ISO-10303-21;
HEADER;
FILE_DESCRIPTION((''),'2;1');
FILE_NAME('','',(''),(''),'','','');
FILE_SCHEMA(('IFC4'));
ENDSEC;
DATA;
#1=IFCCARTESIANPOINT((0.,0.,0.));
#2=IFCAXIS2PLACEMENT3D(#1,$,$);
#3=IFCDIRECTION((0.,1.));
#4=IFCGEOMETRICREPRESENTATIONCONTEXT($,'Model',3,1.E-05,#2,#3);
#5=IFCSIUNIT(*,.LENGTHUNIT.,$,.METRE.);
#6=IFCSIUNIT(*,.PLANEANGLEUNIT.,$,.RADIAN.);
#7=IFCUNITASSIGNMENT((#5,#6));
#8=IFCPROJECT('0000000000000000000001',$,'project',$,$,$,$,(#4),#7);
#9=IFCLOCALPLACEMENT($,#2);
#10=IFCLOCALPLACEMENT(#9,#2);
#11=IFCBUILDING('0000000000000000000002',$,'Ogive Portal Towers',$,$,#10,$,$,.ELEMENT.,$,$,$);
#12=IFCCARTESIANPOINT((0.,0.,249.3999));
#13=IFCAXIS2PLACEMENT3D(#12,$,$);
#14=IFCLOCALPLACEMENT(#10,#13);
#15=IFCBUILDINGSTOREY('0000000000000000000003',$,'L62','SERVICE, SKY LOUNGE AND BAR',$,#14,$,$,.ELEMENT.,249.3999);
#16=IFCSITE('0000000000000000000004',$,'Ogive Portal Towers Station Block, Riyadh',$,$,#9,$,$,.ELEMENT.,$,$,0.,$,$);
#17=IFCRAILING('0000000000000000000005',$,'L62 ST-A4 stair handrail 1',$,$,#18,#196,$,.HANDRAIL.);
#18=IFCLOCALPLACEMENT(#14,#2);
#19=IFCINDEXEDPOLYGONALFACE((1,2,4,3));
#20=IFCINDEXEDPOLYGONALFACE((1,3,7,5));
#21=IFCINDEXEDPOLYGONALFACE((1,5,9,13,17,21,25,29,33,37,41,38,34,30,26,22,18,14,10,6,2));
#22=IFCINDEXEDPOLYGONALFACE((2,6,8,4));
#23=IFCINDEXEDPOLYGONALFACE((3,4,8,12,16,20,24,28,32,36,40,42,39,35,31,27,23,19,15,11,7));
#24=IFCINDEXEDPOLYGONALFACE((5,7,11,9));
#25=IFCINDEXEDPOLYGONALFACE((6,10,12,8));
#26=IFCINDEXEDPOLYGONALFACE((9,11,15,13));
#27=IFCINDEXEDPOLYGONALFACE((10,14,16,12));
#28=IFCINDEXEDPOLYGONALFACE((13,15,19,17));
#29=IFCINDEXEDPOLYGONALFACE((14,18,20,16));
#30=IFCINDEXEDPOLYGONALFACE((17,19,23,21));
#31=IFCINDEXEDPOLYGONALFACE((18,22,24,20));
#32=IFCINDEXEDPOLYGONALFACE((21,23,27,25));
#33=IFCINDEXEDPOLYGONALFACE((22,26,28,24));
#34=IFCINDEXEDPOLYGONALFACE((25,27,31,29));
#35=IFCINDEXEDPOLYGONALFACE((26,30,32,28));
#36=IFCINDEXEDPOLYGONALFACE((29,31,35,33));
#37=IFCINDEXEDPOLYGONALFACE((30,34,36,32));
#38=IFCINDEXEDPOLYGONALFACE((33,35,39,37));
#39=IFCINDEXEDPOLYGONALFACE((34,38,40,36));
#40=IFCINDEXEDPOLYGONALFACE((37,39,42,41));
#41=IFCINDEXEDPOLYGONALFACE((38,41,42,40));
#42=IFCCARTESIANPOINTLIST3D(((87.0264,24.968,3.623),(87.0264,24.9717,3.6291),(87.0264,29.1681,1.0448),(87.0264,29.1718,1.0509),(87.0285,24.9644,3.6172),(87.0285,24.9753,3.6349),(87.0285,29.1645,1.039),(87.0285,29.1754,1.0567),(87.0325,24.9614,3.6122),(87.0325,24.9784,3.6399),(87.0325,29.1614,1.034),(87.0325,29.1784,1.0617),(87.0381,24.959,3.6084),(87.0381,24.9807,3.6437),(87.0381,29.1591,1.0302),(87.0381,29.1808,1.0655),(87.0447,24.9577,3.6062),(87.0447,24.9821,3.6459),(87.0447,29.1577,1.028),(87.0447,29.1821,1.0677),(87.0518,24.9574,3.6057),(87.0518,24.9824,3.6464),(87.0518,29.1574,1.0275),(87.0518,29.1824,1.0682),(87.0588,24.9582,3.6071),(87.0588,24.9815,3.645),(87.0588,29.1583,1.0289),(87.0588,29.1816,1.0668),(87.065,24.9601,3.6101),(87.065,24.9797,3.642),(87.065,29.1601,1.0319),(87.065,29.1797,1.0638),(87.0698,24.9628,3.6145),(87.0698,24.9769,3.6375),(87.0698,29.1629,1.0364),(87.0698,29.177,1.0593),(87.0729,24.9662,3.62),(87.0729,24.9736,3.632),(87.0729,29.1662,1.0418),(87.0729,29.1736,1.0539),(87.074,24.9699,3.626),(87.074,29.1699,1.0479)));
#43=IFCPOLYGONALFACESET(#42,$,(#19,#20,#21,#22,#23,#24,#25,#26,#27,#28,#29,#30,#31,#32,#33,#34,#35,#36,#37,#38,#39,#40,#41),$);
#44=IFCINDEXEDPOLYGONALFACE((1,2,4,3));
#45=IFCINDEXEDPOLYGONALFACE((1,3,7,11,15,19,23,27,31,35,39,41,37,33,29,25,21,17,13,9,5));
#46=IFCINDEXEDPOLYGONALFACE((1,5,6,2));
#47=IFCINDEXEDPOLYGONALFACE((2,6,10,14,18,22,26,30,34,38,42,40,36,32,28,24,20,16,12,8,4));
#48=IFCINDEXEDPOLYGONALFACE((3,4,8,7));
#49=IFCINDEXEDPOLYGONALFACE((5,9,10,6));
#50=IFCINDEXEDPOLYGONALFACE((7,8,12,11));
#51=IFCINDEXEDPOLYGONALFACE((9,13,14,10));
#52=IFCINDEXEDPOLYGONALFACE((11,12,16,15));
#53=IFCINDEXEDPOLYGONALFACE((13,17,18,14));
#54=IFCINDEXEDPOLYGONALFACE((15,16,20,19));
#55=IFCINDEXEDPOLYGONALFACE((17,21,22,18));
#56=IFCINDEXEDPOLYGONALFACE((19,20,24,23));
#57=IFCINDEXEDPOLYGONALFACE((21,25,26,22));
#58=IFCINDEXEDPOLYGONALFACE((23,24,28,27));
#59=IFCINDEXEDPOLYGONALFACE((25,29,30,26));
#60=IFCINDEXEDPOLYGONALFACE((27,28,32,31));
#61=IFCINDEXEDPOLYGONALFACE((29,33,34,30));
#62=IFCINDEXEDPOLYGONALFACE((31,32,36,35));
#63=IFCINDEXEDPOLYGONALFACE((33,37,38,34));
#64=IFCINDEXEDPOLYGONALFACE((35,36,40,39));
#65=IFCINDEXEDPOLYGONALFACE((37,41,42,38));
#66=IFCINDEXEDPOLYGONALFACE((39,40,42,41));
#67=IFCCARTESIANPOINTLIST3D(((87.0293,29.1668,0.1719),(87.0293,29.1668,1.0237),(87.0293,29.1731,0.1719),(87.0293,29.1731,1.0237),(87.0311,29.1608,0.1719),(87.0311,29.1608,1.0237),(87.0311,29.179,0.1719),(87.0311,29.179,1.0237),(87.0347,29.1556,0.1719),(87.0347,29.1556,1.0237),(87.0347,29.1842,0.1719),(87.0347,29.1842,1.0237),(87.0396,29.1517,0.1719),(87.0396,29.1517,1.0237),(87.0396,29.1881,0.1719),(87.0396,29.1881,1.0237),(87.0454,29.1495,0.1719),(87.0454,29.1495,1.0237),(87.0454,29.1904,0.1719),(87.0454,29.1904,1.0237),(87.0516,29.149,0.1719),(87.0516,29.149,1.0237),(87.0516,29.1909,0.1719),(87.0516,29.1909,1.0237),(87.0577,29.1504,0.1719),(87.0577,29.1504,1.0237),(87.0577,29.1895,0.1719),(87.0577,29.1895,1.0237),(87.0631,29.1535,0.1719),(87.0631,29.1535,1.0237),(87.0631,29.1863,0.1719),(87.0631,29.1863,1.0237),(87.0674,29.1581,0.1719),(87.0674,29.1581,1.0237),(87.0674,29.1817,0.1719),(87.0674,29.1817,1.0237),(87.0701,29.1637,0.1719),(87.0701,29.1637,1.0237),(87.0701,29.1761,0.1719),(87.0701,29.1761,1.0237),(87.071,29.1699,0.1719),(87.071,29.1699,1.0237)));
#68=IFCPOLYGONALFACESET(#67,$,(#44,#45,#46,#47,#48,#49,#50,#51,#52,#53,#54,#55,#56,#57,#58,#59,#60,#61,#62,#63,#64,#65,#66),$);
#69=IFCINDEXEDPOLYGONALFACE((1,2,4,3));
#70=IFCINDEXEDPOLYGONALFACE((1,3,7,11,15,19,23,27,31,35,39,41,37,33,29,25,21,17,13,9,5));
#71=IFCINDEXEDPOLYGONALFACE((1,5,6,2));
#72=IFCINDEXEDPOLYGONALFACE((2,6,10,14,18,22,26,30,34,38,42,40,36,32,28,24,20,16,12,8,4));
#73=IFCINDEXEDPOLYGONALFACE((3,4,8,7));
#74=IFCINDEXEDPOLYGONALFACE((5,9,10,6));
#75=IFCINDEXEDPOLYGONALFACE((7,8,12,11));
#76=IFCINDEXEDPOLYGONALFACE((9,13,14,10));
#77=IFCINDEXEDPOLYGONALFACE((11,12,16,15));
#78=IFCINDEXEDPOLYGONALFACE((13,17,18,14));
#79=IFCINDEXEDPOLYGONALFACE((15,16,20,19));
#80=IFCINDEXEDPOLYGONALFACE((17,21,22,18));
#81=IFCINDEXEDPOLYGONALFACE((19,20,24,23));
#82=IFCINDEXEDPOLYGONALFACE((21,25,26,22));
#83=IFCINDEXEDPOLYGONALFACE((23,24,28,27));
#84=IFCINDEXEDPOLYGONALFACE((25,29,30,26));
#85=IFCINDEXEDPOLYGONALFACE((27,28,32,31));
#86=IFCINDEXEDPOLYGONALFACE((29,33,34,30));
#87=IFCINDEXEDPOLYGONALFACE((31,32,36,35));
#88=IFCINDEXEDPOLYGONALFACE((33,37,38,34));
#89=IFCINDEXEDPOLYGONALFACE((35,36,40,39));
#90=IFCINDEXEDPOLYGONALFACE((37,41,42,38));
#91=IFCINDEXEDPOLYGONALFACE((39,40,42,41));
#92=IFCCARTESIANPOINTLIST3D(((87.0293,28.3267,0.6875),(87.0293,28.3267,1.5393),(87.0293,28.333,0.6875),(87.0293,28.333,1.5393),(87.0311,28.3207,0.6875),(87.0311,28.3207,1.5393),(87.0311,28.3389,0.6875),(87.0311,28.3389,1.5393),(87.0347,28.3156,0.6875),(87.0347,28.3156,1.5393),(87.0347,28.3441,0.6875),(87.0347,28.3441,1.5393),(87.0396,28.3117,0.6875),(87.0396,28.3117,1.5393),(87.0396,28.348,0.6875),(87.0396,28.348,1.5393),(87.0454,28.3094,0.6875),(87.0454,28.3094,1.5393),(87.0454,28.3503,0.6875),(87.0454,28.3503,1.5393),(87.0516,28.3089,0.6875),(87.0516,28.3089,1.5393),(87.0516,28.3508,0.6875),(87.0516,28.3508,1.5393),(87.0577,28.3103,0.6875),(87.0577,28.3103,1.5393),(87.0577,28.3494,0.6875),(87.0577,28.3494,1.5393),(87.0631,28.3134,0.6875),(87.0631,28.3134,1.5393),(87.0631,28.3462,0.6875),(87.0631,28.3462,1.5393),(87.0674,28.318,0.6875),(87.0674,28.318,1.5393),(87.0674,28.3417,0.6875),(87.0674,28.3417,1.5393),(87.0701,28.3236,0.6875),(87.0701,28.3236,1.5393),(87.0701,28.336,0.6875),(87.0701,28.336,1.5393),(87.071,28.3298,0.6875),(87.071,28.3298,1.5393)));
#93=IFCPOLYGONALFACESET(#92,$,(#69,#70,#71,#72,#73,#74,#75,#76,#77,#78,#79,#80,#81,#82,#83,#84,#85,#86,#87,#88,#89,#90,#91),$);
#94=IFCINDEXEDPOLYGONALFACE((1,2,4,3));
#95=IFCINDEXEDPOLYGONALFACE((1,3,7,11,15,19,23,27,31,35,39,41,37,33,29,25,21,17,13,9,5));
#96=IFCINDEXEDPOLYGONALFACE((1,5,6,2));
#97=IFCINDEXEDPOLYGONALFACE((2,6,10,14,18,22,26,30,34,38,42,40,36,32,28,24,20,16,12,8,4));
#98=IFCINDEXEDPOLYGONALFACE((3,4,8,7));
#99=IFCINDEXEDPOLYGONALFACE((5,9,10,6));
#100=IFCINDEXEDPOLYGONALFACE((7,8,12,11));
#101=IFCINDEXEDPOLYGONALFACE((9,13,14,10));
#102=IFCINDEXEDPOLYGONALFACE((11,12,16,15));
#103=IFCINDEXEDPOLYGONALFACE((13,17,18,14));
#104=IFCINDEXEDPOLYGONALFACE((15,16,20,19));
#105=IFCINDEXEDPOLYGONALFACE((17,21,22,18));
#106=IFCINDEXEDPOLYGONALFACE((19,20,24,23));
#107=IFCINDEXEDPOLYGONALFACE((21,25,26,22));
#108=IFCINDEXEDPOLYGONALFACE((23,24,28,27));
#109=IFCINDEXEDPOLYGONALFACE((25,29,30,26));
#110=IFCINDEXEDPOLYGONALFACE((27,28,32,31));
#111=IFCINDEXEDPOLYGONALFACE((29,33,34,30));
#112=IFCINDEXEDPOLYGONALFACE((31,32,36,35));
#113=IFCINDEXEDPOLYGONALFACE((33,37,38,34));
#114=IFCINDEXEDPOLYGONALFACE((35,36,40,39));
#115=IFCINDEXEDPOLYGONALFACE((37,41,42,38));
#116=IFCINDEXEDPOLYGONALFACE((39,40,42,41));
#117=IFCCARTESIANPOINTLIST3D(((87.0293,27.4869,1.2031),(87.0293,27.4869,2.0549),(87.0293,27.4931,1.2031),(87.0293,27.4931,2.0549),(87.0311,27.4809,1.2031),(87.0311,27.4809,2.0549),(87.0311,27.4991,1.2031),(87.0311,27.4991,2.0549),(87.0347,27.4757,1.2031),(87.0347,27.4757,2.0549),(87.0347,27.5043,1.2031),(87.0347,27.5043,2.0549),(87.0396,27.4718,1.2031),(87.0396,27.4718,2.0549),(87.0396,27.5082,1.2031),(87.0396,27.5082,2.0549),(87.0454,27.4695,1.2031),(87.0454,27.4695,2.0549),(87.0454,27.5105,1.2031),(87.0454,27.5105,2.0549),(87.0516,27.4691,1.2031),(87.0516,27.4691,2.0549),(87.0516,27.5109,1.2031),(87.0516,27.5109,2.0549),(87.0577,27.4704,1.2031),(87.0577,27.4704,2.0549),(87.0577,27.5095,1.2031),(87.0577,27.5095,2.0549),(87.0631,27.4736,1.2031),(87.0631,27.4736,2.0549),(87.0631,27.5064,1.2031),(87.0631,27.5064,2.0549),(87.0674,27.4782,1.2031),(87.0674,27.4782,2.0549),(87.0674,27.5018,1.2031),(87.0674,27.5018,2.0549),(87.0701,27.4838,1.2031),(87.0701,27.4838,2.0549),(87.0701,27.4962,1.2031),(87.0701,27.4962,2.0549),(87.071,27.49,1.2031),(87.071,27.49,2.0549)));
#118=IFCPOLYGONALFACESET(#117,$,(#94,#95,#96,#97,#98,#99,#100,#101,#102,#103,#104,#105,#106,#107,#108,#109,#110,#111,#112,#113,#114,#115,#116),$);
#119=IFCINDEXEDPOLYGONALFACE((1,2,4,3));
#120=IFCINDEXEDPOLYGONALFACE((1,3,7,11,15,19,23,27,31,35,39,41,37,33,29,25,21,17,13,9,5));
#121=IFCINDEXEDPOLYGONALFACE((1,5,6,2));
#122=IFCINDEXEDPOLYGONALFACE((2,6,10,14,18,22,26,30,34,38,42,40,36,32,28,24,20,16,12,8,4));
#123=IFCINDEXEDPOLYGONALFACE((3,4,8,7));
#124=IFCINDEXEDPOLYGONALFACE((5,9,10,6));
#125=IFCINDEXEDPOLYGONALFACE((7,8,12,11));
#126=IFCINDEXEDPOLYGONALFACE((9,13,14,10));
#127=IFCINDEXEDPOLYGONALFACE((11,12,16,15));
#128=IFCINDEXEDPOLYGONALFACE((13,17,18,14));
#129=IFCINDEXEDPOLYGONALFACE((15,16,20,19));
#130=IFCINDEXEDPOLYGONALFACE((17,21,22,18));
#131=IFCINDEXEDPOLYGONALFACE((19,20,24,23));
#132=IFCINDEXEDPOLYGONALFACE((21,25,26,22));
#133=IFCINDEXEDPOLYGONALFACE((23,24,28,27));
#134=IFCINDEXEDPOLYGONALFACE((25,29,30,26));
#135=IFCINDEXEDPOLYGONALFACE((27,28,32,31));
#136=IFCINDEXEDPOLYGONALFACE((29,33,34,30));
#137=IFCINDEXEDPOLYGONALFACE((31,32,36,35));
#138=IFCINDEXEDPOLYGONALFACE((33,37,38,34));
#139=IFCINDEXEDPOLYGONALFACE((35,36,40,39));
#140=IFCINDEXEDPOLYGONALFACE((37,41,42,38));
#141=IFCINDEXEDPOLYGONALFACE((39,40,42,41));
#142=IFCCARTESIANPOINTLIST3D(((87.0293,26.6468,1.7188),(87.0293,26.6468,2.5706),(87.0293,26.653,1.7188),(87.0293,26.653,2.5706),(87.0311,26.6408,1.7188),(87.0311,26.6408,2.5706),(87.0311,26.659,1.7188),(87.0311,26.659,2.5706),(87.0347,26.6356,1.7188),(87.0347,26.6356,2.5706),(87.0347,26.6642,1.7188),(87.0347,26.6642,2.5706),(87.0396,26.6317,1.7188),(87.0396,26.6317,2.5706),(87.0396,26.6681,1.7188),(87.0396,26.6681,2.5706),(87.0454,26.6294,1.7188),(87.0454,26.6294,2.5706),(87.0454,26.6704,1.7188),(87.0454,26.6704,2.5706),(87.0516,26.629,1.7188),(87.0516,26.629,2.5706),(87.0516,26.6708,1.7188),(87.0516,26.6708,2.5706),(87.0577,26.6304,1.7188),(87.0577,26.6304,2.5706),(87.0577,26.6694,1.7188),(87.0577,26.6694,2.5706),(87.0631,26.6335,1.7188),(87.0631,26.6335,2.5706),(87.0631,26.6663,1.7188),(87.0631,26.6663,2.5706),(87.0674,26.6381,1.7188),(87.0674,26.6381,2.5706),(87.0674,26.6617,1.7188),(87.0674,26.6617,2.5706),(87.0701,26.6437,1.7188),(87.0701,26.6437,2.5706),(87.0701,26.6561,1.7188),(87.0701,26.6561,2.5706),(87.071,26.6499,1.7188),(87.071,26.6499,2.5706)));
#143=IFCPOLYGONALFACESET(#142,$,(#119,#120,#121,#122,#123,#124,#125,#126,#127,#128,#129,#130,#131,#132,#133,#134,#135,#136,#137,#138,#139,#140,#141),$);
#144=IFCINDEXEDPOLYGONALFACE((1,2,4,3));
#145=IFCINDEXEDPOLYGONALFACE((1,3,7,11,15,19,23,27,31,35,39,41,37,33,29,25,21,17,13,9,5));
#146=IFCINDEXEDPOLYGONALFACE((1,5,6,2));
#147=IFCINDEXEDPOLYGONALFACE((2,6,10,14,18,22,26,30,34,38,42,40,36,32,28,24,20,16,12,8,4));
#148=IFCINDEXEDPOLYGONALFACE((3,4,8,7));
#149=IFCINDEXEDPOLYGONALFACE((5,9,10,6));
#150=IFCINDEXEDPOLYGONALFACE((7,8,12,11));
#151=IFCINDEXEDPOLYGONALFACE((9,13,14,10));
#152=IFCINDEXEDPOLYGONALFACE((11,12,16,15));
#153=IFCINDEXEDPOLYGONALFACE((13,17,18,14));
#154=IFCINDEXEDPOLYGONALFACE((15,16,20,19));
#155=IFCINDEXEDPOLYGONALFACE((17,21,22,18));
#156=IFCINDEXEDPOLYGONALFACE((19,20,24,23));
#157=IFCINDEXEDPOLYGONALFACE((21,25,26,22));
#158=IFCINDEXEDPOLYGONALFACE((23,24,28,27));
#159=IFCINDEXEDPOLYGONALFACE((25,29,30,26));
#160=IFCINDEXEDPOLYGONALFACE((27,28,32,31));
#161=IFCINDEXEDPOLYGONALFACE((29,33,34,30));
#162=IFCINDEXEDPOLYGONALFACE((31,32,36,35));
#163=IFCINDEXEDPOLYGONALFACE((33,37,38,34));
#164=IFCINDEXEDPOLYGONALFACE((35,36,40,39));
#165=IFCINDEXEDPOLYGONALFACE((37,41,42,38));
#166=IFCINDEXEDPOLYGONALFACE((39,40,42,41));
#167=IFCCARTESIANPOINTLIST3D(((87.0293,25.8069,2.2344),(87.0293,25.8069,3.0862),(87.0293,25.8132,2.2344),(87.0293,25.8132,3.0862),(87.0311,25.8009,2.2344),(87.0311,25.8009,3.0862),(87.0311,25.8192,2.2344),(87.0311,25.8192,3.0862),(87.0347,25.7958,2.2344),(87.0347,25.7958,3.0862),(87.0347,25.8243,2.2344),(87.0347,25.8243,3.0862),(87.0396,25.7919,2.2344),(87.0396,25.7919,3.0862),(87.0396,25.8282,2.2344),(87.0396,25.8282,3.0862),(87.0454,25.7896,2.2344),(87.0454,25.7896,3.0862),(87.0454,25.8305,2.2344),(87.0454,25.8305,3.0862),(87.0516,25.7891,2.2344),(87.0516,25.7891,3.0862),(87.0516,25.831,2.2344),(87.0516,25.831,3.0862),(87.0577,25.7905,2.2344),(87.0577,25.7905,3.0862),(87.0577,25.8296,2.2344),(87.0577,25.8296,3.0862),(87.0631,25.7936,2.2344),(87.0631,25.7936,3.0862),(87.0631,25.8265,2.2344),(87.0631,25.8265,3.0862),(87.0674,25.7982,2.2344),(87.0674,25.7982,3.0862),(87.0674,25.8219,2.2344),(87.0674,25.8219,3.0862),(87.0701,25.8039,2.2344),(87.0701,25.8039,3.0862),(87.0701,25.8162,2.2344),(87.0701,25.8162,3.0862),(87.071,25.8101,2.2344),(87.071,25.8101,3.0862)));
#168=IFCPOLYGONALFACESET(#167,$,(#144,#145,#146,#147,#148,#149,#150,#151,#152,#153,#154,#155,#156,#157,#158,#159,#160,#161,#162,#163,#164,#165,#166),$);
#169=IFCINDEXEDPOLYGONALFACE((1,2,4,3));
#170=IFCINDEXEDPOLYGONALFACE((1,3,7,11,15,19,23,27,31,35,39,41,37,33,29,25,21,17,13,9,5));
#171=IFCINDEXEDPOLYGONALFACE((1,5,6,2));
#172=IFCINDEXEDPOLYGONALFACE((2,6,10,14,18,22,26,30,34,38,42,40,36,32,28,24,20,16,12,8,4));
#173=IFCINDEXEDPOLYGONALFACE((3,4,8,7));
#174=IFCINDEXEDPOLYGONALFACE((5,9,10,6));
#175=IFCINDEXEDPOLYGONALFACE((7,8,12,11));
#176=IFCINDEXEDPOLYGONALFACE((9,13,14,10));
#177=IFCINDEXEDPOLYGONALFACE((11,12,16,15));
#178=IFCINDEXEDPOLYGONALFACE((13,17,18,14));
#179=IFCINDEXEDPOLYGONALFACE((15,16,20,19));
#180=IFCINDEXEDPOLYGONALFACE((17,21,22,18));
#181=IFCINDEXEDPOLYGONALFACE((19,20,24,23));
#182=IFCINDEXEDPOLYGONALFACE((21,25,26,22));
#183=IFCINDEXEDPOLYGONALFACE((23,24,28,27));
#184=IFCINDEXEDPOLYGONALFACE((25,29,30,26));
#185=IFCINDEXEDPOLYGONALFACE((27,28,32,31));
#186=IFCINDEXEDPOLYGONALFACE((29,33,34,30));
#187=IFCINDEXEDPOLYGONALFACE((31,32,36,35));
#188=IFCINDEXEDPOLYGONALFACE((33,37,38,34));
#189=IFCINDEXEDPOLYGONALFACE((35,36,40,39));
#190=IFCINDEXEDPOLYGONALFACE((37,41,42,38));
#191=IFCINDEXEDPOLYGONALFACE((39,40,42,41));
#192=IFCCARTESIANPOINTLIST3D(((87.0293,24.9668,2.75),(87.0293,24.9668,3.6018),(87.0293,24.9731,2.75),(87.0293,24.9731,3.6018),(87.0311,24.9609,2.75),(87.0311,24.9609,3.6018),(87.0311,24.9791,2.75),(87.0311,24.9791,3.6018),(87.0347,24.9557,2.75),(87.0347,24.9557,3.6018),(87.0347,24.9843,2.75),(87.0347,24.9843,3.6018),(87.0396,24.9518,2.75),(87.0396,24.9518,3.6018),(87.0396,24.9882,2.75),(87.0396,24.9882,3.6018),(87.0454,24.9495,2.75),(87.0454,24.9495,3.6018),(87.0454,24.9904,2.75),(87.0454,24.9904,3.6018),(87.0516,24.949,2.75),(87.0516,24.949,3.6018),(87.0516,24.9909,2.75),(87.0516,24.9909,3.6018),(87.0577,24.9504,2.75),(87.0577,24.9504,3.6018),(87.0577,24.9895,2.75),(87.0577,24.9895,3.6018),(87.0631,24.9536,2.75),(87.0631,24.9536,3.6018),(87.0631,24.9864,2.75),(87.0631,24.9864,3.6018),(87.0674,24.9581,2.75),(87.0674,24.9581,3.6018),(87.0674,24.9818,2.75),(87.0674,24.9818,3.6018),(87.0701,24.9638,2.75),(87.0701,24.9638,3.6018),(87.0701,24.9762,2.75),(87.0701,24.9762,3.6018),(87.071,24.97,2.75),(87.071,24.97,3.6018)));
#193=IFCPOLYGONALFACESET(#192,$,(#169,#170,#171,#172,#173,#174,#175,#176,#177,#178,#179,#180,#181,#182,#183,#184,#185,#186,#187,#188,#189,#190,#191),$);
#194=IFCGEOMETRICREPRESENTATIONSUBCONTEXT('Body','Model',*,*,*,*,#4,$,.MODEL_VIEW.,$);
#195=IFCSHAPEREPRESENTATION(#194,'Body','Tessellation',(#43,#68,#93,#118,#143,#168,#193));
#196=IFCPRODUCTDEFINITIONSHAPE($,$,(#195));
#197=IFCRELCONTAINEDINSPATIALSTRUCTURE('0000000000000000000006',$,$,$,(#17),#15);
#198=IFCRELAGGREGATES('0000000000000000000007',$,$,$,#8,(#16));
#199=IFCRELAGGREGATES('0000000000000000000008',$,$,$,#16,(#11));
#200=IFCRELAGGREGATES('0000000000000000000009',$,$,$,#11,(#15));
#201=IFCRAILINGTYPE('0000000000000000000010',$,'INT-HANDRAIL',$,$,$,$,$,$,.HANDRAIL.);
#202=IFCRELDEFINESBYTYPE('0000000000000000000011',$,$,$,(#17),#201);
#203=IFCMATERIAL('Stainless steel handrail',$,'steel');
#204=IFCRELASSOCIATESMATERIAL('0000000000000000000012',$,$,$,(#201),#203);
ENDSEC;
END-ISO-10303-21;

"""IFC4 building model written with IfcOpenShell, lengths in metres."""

from ifc_helpers import new_model, si_unit, direction, frame, origin, origin_2d, place, context, subcontext, project, spatial, circle, extrude, material, type_object, element, save


model = new_model("IFC4")

# Units and contexts
model_context = context("Model", 3, precision=1e-05, world=origin(), true_north=direction((0.0, 1.0)))
body_context = subcontext(model_context, "Body", "Model", "MODEL_VIEW")
ifc_project = project(units=[si_unit("LENGTHUNIT", "METRE"), si_unit("PLANEANGLEUNIT", "RADIAN")], contexts=[model_context])

# Site, building, storey
site_placement = place(None, origin())
site = spatial("IfcSite", under=ifc_project, at=site_placement, Name="Ogive Portal Towers Station Block, Riyadh", CompositionType="ELEMENT", RefElevation=0.0)
building_placement = place(site_placement, origin())
building = spatial("IfcBuilding", under=site, at=building_placement, Name="Ogive Portal Towers", CompositionType="ELEMENT")
storey_placement = place(building_placement, frame((0.0, 0.0, 249.3999)))
storey = spatial("IfcBuildingStorey", under=building, at=storey_placement, Name="L62", Description="SERVICE, SKY LOUNGE AND BAR", CompositionType="ELEMENT", Elevation=249.3999)

# Railing
ifc_material_1 = material(Name="Stainless steel handrail", Category="steel")
railing_type = type_object("IfcRailingType", Name="INT-HANDRAIL", PredefinedType="HANDRAIL", material=ifc_material_1)
railing_placement = place(storey_placement, frame((87.05, 29.1699, 0.1719)))
element("IfcRailing", 1, at=railing_placement, inside=storey, type_object=railing_type, Name="L62 ST-A4 stair handrail 1", PredefinedType="HANDRAIL", context=body_context, shape_type="SweptSolid", body=[
    extrude(circle(Radius=0.0239, at=origin_2d()), frame((0.0, 0.0, 0.876), z_axis=(0.0, -0.852243, 0.523146), x_axis=(1.0, 0.0, 0.0)), (0.0, 0.0, 1.0), 4.9282),
    extrude(circle(Radius=0.021, at=origin_2d()), origin(), (0.0, 0.0, 1.0), 0.8518),
    extrude(circle(Radius=0.021, at=origin_2d()), frame((0.0, -0.8401, 0.5156)), (0.0, 0.0, 1.0), 0.8518),
    extrude(circle(Radius=0.021, at=origin_2d()), frame((0.0, -1.6799, 1.0312)), (0.0, 0.0, 1.0), 0.8518),
    extrude(circle(Radius=0.021, at=origin_2d()), frame((0.0, -2.52, 1.5469)), (0.0, 0.0, 1.0), 0.8518),
    extrude(circle(Radius=0.021, at=origin_2d()), frame((0.0, -3.3599, 2.0625)), (0.0, 0.0, 1.0), 0.8518),
    extrude(circle(Radius=0.021, at=origin_2d()), frame((0.0, -4.2, 2.5781)), (0.0, 0.0, 1.0), 0.8518),
])

save(model, "model.ifc")
